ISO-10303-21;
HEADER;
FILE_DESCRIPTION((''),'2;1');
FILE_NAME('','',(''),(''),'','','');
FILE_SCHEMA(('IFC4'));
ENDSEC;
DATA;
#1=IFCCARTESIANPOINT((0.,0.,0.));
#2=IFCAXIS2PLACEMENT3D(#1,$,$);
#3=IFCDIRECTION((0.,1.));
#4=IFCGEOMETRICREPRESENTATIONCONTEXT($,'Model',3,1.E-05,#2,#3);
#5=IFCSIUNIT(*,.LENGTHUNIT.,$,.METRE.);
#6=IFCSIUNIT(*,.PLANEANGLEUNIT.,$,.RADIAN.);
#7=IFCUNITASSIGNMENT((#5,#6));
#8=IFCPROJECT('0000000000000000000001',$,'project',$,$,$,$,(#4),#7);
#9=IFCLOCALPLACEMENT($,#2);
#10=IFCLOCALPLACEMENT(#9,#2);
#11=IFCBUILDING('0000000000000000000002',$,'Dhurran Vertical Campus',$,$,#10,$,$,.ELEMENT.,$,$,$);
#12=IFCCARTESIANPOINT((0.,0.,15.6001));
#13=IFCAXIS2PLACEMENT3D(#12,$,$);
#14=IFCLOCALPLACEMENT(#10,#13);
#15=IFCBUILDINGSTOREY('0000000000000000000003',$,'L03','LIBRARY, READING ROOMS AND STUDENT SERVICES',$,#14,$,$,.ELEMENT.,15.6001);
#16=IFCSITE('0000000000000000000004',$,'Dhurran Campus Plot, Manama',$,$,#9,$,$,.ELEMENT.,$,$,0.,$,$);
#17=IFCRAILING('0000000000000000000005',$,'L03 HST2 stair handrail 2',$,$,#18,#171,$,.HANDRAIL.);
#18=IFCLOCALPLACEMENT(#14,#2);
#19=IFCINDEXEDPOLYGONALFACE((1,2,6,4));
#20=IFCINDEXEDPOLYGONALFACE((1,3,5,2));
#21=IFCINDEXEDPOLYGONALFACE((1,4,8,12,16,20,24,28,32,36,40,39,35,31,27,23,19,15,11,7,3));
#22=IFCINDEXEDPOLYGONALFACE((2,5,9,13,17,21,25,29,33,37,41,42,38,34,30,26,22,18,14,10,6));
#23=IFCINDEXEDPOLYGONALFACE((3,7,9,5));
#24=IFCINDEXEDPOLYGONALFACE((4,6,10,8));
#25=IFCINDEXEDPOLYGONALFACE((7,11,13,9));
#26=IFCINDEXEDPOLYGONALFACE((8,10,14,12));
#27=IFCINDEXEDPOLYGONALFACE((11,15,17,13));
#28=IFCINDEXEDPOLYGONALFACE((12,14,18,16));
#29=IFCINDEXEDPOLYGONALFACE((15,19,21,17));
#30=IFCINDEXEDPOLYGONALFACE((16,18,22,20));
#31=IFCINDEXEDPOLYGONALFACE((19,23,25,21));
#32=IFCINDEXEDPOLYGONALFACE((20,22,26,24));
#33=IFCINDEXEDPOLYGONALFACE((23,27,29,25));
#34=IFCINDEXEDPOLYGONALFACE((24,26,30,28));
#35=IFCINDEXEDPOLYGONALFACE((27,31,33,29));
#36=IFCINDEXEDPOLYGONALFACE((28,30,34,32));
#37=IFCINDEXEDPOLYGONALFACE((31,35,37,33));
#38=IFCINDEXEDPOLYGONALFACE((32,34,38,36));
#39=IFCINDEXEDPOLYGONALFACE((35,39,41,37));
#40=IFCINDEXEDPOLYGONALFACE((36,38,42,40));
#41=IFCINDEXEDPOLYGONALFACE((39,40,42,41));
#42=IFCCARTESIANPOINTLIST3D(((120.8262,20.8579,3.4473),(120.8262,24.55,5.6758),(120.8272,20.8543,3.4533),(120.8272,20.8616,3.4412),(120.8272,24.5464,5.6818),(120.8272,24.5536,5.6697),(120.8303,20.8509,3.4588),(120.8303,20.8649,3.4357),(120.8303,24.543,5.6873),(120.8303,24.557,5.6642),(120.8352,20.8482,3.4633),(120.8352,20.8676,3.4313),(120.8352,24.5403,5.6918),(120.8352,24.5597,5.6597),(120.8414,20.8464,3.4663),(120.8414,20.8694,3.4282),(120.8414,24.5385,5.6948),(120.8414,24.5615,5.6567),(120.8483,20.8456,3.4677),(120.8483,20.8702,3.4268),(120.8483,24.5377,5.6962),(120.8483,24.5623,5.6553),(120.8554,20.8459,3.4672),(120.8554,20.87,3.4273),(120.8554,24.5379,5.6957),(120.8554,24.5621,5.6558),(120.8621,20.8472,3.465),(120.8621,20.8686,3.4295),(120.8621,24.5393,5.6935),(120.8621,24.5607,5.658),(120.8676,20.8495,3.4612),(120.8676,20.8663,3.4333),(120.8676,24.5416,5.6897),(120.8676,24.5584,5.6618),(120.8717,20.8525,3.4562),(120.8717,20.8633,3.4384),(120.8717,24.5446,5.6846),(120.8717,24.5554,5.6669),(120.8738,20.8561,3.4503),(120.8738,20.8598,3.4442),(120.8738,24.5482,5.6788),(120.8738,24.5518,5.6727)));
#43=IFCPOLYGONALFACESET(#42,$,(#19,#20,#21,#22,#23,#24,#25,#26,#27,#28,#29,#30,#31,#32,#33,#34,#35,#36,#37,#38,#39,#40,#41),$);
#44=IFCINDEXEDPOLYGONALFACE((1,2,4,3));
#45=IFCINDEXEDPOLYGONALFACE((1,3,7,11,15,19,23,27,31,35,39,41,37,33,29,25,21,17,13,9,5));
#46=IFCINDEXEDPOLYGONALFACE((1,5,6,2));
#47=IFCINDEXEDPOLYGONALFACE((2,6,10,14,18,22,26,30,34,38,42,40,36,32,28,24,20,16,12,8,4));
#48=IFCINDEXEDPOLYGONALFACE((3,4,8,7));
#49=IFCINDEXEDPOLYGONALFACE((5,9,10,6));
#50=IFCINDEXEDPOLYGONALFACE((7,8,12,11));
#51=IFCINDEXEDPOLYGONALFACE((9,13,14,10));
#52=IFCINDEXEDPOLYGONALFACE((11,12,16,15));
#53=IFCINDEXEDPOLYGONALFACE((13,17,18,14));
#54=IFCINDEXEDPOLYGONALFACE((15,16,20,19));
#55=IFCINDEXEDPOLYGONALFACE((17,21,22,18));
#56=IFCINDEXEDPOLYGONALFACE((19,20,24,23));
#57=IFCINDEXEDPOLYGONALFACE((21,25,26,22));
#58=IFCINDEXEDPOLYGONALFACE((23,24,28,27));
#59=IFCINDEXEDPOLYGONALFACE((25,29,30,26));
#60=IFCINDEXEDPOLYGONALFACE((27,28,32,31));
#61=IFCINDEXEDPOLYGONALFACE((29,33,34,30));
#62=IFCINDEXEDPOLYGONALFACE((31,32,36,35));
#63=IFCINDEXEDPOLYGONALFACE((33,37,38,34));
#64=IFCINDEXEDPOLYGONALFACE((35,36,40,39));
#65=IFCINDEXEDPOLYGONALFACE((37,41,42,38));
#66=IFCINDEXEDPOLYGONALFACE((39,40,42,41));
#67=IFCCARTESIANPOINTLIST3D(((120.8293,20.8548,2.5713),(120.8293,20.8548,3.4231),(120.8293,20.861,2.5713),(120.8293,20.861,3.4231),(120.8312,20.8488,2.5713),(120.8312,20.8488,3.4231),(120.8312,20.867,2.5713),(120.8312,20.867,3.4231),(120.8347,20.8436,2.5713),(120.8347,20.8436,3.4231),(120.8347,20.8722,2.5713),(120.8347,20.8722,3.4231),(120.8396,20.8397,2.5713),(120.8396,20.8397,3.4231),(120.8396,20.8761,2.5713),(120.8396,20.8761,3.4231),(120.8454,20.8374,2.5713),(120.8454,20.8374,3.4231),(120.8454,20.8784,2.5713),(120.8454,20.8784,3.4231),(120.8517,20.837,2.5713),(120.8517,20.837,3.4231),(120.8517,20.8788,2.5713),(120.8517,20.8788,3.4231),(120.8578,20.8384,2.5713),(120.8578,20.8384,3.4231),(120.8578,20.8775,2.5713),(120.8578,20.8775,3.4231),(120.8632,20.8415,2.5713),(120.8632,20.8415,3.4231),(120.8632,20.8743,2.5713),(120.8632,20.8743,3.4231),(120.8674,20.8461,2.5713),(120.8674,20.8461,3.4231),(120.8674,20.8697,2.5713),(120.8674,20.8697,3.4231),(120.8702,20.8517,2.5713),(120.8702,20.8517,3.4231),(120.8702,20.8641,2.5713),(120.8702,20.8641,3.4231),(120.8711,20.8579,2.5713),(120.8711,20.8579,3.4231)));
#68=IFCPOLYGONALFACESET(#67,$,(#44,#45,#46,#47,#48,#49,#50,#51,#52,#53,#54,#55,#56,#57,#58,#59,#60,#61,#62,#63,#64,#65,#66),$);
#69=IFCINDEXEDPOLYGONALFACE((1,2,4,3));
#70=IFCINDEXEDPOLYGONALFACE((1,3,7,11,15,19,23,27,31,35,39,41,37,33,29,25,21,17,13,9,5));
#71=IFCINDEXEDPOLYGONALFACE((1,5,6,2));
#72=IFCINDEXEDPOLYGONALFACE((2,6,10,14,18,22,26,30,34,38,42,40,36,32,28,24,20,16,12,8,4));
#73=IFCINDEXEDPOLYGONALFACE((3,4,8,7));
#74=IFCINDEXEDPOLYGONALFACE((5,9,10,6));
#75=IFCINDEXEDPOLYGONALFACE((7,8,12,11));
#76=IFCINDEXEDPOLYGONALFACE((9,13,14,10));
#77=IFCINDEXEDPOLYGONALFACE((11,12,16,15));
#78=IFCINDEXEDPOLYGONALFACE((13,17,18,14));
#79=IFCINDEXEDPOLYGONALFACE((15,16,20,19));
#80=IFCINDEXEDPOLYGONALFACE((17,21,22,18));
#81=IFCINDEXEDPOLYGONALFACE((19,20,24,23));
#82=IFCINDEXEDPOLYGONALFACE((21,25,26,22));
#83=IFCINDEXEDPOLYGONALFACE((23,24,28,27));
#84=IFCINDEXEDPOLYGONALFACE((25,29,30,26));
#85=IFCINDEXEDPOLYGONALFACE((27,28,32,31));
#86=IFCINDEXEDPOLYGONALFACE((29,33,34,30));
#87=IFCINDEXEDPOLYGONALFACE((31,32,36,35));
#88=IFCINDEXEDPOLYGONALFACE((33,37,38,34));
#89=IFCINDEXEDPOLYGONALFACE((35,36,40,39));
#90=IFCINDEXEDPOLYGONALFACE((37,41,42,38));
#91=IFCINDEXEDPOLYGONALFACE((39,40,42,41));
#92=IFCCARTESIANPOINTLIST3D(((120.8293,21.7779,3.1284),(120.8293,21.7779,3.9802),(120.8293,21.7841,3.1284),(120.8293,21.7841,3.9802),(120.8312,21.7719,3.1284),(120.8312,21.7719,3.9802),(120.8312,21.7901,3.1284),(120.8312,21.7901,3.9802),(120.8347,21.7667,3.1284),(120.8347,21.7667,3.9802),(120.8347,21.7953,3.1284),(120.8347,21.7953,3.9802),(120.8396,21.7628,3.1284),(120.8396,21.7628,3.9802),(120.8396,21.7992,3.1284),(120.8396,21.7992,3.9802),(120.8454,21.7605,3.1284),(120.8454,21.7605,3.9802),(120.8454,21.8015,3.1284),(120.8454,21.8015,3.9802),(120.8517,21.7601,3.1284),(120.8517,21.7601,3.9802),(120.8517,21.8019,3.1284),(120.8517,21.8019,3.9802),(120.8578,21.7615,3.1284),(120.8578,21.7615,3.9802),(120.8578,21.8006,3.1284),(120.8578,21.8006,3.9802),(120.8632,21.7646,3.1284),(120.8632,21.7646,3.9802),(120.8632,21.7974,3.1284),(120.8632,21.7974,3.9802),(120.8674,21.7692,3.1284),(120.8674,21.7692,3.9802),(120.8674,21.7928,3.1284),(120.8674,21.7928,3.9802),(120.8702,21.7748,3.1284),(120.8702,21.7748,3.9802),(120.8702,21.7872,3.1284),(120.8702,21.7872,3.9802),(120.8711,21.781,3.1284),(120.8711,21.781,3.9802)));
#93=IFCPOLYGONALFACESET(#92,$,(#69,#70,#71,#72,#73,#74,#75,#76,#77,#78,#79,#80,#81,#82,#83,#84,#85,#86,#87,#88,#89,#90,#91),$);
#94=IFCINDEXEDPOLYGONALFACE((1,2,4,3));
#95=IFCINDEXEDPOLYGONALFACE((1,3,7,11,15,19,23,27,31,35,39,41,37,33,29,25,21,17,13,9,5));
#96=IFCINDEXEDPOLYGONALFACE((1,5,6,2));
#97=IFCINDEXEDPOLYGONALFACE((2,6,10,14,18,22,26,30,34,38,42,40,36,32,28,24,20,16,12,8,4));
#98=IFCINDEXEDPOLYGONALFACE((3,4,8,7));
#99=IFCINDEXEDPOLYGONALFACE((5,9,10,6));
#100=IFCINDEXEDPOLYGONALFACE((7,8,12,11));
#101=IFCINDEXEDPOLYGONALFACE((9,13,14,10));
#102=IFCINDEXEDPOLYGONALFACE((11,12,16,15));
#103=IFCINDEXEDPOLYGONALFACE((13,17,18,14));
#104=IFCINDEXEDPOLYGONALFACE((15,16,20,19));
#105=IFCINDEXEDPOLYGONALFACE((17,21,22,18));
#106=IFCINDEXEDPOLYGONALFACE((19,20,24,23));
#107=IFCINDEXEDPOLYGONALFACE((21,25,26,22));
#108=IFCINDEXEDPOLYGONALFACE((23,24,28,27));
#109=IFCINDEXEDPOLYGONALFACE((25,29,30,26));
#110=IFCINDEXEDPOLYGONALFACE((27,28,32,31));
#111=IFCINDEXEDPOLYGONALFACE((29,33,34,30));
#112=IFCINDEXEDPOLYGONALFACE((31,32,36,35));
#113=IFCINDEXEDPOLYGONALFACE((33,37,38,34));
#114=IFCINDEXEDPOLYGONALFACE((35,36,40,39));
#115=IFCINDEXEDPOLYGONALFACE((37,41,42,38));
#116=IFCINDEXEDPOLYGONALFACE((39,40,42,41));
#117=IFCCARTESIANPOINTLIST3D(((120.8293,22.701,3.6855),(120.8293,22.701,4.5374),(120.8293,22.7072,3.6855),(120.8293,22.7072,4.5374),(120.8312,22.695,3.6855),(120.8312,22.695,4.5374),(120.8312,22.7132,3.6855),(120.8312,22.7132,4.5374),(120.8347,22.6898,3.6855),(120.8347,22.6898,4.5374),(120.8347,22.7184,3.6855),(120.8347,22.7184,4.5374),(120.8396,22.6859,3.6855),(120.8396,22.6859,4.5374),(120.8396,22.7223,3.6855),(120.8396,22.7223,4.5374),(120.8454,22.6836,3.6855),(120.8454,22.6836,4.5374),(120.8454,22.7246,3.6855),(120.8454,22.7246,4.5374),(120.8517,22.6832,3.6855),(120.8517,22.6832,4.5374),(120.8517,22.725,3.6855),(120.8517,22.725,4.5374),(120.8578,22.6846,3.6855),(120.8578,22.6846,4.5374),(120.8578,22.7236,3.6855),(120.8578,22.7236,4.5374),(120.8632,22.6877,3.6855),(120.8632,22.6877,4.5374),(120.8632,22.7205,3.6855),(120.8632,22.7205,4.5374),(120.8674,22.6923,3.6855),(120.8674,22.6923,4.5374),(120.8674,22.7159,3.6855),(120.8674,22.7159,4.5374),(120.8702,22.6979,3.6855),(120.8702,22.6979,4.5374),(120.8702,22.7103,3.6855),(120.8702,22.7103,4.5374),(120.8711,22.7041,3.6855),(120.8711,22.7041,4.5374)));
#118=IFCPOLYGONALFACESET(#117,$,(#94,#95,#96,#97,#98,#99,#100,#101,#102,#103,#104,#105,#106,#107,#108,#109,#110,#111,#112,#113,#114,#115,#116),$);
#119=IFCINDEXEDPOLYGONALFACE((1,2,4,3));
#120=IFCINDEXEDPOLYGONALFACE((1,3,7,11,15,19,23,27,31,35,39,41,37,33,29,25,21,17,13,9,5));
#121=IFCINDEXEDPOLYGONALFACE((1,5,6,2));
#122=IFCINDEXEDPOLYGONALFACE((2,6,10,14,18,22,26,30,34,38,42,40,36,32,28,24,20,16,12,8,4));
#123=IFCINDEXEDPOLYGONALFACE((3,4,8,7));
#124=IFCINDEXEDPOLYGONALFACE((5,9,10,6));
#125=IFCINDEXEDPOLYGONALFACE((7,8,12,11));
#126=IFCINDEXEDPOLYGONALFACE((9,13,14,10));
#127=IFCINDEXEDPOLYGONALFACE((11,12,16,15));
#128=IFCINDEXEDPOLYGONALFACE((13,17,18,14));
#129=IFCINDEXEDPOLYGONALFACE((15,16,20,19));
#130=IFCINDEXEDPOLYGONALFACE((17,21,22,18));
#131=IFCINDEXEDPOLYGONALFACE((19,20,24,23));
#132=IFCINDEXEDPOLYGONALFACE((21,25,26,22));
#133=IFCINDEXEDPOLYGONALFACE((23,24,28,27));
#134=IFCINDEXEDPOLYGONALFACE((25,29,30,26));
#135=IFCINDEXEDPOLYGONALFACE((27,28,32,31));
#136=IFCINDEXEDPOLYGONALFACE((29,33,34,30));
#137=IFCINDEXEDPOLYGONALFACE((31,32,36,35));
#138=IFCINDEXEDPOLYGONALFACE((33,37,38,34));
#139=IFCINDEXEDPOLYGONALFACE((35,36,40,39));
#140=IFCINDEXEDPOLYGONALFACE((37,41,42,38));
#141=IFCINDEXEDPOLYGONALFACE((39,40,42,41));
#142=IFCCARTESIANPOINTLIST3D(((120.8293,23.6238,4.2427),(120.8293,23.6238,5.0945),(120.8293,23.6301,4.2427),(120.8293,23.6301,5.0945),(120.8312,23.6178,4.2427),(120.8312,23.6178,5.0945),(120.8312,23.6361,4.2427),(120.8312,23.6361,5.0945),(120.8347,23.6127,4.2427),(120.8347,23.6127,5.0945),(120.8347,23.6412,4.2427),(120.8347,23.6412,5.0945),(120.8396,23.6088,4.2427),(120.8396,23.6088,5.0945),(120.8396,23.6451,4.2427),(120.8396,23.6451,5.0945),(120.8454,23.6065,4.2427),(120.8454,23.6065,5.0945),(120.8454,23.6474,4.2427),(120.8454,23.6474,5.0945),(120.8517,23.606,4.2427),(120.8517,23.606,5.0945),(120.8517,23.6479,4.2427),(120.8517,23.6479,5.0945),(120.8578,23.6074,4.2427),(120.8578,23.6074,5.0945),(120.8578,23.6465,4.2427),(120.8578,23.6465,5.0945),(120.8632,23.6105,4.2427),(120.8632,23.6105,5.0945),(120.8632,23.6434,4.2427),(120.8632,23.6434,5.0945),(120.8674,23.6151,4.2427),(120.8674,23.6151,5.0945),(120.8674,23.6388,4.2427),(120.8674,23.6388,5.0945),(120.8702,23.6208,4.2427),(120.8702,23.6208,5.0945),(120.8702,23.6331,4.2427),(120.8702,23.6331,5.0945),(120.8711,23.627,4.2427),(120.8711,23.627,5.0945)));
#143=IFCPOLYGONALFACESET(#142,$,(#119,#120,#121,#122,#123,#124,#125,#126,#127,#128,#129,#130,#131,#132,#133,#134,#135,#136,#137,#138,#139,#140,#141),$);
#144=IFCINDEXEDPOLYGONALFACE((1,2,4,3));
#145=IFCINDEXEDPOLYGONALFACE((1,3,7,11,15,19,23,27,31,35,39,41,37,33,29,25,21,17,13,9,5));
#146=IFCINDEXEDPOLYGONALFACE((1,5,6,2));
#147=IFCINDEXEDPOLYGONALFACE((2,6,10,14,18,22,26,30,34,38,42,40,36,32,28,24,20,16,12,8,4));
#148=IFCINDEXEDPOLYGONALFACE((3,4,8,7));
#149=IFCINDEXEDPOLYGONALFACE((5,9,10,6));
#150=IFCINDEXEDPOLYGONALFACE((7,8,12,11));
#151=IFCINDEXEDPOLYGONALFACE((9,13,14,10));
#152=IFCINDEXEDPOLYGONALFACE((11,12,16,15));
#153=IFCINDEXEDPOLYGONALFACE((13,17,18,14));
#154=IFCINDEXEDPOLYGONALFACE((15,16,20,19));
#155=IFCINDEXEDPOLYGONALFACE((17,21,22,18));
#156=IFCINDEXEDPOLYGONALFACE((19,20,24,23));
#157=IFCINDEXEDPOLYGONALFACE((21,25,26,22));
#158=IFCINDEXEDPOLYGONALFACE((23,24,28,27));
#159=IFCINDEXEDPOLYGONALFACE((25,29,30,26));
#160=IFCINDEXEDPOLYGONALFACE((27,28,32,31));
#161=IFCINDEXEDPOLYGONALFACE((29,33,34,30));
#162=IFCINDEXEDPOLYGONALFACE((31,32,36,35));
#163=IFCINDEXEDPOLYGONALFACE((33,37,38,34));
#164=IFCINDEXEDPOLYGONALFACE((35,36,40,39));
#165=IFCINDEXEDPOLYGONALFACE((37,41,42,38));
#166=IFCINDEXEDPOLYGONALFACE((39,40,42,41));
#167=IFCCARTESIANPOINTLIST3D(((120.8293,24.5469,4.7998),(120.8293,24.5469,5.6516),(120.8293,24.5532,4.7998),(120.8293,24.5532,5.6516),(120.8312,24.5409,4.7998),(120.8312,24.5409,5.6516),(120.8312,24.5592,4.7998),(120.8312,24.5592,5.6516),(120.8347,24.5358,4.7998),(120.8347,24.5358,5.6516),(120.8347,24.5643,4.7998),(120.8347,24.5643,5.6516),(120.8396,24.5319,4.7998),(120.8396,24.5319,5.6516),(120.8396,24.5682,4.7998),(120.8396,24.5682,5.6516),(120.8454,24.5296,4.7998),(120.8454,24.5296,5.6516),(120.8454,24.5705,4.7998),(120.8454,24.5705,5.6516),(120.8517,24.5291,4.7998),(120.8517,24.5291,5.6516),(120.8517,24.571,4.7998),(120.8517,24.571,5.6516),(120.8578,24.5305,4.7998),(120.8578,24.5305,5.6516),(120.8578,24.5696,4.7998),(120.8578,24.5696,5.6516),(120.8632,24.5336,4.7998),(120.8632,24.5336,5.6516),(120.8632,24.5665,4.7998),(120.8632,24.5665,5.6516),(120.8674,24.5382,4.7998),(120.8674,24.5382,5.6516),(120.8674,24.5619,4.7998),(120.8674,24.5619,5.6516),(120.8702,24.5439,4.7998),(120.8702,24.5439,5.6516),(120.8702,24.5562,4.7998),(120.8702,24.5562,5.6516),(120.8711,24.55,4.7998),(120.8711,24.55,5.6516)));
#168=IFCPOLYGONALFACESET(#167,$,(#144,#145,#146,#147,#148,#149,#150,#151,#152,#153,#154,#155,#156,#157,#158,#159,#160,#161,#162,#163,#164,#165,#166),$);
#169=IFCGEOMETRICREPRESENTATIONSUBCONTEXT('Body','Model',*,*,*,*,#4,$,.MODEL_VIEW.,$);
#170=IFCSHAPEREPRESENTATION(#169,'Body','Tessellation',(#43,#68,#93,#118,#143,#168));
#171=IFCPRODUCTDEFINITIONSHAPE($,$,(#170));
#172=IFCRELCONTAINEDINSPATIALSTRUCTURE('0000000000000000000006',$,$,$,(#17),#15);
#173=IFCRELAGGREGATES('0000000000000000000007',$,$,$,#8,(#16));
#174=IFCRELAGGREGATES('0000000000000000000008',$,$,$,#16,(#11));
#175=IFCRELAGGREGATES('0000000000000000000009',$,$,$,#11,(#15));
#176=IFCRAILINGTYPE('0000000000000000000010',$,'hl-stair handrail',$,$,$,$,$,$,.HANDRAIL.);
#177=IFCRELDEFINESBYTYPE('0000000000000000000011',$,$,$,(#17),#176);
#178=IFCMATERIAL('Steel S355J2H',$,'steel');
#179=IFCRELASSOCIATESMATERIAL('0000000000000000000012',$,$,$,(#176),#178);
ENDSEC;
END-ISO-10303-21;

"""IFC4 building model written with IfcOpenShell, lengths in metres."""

from ifc_helpers import new_model, si_unit, direction, frame, origin, origin_2d, place, context, subcontext, project, spatial, circle, extrude, material, type_object, element, save


model = new_model("IFC4")

# Units and contexts
model_context = context("Model", 3, precision=1e-05, world=origin(), true_north=direction((0.0, 1.0)))
body_context = subcontext(model_context, "Body", "Model", "MODEL_VIEW")
ifc_project = project(units=[si_unit("LENGTHUNIT", "METRE"), si_unit("PLANEANGLEUNIT", "RADIAN")], contexts=[model_context])

# Site, building, storey
site_placement = place(None, origin())
site = spatial("IfcSite", under=ifc_project, at=site_placement, Name="Dhurran Campus Plot, Manama", CompositionType="ELEMENT", RefElevation=0.0)
building_placement = place(site_placement, origin())
building = spatial("IfcBuilding", under=site, at=building_placement, Name="Dhurran Vertical Campus", CompositionType="ELEMENT")
storey_placement = place(building_placement, frame((0.0, 0.0, 15.6001)))
storey = spatial("IfcBuildingStorey", under=building, at=storey_placement, Name="L03", Description="LIBRARY, READING ROOMS AND STUDENT SERVICES", CompositionType="ELEMENT", Elevation=15.6001)

# Railing
ifc_material_1 = material(Name="Steel S355J2H", Category="steel")
railing_type_1 = type_object("IfcRailingType", Name="hl-stair handrail", PredefinedType="HANDRAIL", material=ifc_material_1)
railing_1_placement = place(storey_placement, frame((120.8501, 20.8579, 2.5713)))
element("IfcRailing", 1, at=railing_1_placement, inside=storey, type_object=railing_type_1, Name="L03 HST2 stair handrail 2", PredefinedType="HANDRAIL", context=body_context, shape_type="SweptSolid", body=[
    extrude(circle(Radius=0.0239, at=origin_2d()), frame((0.0, 0.0, 0.876), z_axis=(0.0, 0.856136, 0.51675), x_axis=(-1.0, 0.0, 0.0)), (0.0, 0.0, 1.0), 4.3125),
    extrude(circle(Radius=0.021, at=origin_2d()), origin(), (0.0, 0.0, 1.0), 0.8518),
    extrude(circle(Radius=0.021, at=origin_2d()), frame((0.0, 0.9231, 0.5571)), (0.0, 0.0, 1.0), 0.8518),
    extrude(circle(Radius=0.021, at=origin_2d()), frame((0.0, 1.8462, 1.1143)), (0.0, 0.0, 1.0), 0.8518),
    extrude(circle(Radius=0.021, at=origin_2d()), frame((0.0, 2.769, 1.6714)), (0.0, 0.0, 1.0), 0.8518),
    extrude(circle(Radius=0.021, at=origin_2d()), frame((0.0, 3.6921, 2.2285)), (0.0, 0.0, 1.0), 0.8518),
])

save(model, "model.ifc")
